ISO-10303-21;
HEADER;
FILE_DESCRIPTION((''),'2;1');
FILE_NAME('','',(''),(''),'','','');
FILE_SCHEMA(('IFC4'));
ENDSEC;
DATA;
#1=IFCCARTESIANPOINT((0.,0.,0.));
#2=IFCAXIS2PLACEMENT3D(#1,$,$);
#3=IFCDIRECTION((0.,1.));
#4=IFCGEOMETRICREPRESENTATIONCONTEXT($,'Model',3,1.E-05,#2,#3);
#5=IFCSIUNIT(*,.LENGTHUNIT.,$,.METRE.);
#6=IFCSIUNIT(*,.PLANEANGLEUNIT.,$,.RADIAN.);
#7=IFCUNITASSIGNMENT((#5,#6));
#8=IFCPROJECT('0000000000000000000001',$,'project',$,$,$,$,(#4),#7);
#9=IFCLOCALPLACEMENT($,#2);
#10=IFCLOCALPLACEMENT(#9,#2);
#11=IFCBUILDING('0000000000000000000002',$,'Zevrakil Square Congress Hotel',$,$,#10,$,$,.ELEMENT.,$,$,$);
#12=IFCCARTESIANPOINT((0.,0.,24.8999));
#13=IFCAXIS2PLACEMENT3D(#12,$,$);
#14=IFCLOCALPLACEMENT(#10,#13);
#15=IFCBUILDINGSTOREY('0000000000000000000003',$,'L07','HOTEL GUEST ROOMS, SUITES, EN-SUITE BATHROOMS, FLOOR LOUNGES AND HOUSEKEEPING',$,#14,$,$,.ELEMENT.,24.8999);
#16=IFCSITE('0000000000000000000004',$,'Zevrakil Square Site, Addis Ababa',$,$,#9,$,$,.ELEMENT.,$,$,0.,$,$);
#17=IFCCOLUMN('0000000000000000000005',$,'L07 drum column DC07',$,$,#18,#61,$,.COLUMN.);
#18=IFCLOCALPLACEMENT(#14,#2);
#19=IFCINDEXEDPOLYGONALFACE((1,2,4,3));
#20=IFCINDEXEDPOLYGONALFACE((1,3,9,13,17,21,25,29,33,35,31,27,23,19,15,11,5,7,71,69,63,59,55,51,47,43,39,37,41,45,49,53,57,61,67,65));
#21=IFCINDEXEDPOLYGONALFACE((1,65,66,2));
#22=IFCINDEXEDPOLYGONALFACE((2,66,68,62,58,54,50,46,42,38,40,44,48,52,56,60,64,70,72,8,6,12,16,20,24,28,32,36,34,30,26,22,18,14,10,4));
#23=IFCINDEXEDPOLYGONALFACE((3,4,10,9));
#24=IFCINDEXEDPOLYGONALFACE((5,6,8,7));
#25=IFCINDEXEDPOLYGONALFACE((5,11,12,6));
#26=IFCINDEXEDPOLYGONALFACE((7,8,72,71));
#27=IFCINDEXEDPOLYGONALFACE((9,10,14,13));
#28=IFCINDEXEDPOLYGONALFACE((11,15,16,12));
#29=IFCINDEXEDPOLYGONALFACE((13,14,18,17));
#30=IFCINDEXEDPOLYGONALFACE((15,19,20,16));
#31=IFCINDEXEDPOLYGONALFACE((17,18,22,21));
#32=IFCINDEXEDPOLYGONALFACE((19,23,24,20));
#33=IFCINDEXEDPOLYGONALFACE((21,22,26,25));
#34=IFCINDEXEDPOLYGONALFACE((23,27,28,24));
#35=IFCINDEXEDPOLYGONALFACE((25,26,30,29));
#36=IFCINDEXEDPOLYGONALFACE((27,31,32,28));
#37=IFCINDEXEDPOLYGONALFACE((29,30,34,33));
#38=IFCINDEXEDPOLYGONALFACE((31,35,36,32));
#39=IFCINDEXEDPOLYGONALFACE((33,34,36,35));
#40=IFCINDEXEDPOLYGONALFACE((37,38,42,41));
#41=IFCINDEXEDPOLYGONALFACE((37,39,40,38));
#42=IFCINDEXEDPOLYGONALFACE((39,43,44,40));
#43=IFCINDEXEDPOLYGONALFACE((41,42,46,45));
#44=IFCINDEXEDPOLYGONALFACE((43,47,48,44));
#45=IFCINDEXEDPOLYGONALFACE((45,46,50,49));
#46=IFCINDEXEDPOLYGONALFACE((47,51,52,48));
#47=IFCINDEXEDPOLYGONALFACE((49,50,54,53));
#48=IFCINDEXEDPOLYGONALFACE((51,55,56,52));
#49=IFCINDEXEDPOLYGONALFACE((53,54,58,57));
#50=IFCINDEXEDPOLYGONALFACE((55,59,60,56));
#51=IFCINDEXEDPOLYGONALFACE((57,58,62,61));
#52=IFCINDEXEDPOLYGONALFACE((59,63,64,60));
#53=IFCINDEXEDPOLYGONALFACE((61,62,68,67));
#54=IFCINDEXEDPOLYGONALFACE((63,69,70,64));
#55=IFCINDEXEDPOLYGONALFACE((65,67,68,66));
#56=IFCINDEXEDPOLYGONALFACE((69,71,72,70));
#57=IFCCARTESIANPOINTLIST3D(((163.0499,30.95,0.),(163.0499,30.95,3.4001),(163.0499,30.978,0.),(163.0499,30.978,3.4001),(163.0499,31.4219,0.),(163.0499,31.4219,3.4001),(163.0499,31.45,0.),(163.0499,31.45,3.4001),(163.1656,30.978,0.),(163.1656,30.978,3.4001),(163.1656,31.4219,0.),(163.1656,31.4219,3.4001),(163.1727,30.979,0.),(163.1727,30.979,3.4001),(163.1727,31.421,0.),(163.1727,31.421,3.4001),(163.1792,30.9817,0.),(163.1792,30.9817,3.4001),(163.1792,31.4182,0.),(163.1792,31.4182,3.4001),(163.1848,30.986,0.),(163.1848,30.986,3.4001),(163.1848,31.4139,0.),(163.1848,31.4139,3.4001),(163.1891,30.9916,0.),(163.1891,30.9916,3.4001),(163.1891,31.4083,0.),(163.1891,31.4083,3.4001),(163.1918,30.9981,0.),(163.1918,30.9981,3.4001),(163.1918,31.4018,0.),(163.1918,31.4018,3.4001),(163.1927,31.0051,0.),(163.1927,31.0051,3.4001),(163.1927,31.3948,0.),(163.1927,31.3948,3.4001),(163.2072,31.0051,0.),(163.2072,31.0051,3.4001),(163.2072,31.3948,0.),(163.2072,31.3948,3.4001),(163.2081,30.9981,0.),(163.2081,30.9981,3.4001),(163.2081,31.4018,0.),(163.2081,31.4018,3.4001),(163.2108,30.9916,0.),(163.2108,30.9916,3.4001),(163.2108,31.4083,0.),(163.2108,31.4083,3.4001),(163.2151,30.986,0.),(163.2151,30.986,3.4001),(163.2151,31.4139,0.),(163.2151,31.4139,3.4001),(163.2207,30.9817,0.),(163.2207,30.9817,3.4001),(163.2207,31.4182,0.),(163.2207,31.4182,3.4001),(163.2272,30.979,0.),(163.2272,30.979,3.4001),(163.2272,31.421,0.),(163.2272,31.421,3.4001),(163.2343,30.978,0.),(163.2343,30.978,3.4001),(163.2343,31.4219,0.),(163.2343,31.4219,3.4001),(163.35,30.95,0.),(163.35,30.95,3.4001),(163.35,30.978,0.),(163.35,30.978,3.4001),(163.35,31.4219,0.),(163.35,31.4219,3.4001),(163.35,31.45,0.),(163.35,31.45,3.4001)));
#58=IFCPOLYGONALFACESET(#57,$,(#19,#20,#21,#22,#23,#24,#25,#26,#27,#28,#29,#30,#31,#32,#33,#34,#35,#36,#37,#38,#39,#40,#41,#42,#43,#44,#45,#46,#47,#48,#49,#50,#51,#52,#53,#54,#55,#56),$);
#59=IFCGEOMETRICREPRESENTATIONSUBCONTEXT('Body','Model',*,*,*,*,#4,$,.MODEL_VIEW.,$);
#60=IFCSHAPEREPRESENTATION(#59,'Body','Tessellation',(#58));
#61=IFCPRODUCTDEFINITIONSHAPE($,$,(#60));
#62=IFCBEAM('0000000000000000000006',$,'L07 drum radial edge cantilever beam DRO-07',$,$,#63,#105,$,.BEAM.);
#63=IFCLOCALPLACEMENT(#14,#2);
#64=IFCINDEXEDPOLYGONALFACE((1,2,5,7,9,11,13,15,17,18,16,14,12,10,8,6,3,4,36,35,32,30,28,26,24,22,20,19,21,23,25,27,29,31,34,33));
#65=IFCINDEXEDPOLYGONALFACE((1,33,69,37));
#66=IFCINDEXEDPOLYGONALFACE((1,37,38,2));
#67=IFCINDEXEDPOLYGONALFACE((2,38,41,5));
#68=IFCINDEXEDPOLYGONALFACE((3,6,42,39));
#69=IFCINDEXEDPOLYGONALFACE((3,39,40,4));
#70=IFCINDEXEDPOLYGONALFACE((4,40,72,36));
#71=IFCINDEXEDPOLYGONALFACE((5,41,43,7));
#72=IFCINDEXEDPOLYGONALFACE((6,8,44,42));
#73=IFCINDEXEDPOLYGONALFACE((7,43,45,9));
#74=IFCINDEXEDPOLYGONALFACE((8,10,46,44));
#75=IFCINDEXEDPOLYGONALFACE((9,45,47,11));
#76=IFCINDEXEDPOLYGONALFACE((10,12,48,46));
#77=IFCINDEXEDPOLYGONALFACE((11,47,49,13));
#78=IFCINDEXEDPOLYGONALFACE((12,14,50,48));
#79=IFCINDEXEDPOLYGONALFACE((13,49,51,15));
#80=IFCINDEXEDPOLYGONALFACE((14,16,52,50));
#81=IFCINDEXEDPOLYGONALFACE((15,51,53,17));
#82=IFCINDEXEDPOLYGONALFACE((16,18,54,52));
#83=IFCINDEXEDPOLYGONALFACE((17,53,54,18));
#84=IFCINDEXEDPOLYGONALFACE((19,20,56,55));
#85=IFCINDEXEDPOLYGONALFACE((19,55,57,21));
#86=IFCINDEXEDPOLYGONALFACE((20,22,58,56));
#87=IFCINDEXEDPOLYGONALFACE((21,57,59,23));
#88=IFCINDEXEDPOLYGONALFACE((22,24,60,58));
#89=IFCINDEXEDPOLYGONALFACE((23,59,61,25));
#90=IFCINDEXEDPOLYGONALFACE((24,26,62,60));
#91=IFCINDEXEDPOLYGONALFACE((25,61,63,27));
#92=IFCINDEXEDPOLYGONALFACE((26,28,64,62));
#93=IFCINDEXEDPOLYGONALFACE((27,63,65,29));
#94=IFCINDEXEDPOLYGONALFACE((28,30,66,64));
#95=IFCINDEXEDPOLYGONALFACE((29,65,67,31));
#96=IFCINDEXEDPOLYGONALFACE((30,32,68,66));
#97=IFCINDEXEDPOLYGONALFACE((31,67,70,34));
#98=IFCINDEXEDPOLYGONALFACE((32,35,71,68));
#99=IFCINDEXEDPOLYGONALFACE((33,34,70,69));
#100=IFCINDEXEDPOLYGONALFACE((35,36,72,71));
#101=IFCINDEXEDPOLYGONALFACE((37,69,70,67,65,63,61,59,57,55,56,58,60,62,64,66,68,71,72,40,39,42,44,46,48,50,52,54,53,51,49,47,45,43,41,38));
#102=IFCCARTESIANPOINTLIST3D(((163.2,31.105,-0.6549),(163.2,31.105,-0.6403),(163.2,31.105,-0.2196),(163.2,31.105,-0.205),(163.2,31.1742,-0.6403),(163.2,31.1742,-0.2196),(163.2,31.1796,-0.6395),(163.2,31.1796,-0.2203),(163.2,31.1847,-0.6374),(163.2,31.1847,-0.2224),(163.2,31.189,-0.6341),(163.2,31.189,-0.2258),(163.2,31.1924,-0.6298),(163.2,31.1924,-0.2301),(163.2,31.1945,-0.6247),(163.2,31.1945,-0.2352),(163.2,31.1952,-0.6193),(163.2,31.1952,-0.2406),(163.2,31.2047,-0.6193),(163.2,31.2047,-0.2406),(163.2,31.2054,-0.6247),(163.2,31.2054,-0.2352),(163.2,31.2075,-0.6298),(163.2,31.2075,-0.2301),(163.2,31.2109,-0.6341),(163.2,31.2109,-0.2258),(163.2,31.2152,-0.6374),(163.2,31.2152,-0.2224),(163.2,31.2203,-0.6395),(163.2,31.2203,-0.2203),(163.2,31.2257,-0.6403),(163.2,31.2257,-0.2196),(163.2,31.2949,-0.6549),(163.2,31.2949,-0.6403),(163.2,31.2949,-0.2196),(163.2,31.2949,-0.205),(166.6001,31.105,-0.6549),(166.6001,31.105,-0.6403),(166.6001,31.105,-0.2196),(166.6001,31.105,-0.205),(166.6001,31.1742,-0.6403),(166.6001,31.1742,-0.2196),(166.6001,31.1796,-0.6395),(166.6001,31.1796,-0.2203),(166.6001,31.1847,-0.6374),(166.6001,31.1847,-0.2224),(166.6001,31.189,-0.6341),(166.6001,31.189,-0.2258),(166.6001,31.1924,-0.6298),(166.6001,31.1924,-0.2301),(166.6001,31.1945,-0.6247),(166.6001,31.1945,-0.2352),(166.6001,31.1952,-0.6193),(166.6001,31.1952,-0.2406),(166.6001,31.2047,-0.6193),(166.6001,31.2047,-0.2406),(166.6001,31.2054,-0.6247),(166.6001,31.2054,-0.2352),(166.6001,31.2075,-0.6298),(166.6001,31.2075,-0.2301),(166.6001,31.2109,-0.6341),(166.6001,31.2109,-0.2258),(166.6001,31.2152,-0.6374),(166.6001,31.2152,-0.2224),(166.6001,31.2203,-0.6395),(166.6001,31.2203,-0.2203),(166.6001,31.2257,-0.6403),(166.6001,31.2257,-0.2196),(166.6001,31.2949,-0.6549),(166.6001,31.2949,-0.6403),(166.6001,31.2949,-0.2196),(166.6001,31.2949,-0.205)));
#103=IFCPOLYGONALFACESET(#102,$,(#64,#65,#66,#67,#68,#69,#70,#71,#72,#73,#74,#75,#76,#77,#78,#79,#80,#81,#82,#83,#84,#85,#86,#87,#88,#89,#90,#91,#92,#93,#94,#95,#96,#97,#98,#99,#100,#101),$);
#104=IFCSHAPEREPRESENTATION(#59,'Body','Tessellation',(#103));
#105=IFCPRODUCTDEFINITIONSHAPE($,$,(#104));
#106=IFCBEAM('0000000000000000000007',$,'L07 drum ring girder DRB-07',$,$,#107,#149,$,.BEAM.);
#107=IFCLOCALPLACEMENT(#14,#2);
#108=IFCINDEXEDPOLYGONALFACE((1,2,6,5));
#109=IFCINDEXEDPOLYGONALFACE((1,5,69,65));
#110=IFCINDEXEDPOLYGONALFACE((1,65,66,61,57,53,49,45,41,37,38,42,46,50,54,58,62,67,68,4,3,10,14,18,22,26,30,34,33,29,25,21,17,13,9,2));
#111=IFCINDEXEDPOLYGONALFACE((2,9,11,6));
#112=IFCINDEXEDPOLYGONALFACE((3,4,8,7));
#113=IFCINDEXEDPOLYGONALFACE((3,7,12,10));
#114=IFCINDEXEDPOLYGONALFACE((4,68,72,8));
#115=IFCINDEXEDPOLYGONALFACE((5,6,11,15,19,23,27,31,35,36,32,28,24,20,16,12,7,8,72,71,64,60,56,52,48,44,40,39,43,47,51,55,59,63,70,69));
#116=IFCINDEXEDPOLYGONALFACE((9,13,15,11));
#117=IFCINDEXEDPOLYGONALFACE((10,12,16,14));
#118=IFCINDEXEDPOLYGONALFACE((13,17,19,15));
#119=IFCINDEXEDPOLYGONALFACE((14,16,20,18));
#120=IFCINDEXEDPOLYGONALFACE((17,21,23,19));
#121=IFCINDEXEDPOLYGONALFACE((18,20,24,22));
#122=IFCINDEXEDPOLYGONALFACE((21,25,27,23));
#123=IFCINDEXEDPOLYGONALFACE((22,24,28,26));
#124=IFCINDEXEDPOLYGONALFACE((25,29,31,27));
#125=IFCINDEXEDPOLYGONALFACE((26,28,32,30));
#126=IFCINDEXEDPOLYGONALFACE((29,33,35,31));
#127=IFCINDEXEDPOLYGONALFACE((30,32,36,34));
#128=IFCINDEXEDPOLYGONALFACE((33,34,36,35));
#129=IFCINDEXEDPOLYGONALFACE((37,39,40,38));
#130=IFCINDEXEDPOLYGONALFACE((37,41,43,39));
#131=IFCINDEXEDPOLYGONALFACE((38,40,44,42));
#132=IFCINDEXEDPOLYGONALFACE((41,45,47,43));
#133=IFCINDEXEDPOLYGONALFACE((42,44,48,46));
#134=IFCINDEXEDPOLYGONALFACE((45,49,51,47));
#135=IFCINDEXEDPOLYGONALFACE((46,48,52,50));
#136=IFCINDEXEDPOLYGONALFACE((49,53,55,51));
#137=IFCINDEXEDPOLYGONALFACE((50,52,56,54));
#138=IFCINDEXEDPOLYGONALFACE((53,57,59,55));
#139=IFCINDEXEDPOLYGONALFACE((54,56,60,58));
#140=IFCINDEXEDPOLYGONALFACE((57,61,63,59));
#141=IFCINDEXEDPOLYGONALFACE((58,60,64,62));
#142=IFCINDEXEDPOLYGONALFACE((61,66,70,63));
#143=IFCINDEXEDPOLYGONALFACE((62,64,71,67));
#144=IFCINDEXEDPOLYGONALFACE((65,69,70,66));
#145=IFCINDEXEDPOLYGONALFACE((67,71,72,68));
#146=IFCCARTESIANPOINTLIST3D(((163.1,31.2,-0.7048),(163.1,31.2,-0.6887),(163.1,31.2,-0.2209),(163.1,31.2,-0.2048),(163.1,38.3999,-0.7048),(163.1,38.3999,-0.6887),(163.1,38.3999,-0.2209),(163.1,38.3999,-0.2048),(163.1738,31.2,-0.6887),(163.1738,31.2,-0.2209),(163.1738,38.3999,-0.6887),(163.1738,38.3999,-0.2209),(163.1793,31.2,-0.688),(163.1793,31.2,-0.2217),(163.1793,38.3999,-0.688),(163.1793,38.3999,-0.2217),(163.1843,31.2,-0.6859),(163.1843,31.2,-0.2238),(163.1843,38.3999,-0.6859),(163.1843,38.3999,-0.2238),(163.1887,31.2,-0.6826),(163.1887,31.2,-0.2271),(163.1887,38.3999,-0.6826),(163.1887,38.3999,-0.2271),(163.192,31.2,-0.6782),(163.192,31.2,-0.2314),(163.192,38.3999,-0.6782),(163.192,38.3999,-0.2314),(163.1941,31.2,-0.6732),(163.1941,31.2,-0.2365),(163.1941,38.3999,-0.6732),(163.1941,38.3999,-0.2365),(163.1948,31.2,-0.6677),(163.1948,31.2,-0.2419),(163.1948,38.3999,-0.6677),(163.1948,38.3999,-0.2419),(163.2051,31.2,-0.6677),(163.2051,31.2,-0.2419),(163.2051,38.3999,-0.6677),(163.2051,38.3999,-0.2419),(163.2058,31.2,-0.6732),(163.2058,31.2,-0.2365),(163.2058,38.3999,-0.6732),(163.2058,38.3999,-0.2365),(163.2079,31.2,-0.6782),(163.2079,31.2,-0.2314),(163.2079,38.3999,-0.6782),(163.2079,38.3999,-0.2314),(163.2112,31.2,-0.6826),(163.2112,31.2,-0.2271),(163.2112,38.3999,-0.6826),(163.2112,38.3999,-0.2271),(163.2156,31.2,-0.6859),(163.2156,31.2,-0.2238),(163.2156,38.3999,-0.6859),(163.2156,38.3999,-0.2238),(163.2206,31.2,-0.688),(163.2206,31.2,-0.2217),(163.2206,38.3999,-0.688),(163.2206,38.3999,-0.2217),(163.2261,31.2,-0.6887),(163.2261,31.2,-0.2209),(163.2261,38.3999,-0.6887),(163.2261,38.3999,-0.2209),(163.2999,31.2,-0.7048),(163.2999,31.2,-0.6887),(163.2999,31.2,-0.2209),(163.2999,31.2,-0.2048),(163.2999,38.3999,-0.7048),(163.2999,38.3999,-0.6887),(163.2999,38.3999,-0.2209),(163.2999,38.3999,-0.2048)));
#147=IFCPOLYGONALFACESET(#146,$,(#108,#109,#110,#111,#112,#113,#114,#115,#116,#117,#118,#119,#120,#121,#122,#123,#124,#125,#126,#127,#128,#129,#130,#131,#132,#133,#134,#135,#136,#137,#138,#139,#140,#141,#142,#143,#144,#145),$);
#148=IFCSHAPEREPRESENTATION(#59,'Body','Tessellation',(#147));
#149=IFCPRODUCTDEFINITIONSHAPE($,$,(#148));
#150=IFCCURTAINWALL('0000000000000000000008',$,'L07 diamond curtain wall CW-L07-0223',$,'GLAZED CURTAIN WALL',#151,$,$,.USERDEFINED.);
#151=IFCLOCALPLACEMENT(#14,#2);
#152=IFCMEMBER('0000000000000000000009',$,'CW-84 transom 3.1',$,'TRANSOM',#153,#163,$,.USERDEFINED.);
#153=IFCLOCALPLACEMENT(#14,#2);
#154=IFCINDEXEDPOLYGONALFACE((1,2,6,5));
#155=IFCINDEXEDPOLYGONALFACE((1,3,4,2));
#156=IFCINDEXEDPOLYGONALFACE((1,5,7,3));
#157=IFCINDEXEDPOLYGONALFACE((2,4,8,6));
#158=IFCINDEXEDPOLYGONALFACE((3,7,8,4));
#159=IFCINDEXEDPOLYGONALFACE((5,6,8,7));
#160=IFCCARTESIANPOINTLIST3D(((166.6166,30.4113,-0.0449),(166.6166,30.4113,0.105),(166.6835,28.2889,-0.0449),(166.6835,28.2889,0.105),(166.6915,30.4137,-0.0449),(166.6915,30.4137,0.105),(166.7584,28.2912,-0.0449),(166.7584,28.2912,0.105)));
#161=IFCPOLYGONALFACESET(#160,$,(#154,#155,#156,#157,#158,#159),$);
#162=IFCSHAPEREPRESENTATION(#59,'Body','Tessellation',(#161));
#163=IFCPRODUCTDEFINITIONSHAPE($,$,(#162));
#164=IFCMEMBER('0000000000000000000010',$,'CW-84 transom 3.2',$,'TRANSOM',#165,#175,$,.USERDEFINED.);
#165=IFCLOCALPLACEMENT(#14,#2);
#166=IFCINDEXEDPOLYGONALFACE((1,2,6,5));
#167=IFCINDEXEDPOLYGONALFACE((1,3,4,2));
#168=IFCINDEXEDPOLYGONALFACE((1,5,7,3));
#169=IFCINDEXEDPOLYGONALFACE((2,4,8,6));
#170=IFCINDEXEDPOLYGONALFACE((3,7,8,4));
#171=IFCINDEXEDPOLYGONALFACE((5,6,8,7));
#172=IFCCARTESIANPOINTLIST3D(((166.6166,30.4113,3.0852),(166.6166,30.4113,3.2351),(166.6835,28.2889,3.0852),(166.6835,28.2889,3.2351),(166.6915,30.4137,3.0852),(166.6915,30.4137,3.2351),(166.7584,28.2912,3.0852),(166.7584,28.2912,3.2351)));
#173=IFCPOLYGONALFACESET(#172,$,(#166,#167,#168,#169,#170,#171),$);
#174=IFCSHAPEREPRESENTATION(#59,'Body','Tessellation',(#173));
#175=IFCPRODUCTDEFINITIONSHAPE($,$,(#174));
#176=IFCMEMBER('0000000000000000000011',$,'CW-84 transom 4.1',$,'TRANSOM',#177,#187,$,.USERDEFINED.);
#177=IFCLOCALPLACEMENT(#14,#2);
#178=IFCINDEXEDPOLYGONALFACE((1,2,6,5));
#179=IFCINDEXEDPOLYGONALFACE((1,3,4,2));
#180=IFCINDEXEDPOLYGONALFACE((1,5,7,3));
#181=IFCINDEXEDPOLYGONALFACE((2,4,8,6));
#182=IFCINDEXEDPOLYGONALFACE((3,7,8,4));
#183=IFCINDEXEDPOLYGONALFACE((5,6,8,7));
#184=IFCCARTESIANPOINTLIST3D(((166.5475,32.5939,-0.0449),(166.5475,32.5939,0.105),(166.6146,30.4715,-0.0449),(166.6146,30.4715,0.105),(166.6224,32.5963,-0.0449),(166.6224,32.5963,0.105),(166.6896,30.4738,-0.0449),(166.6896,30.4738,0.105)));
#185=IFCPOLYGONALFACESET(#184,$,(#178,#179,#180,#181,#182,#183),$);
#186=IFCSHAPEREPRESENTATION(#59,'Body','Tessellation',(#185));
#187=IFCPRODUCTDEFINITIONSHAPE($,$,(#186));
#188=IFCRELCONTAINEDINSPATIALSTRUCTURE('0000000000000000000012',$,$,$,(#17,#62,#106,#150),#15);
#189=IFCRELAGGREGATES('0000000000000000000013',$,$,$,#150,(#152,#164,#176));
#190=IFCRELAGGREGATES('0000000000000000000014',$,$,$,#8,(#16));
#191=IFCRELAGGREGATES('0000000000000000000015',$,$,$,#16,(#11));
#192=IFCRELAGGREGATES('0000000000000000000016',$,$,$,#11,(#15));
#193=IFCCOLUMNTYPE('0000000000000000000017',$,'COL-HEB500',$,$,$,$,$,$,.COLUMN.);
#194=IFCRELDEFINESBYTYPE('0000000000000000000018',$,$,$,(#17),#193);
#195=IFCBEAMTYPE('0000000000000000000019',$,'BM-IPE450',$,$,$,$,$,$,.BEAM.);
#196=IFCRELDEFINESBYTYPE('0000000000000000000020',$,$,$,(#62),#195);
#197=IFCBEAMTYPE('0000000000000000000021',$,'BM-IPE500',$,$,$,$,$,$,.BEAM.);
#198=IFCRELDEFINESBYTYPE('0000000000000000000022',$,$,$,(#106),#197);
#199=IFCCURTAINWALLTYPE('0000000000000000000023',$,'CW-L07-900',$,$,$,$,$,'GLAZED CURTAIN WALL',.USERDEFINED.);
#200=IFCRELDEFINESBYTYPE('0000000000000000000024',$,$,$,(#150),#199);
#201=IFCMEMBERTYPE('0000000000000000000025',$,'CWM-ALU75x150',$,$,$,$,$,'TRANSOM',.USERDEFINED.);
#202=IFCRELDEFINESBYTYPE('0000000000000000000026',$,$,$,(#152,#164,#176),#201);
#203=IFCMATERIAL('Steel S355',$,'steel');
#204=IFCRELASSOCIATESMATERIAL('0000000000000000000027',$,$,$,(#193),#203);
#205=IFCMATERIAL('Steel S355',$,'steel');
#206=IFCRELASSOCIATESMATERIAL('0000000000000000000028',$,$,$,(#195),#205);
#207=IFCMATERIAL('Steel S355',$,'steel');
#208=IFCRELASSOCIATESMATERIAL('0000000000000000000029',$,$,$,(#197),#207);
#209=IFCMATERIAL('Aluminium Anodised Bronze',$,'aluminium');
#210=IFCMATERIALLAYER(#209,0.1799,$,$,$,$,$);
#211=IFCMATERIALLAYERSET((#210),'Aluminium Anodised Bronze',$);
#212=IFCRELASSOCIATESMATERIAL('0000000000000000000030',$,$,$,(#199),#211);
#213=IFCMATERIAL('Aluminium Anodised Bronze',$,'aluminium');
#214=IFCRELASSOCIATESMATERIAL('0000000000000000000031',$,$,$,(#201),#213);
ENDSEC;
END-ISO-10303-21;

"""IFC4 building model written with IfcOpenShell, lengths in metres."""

from ifc_helpers import new_model, si_unit, direction, frame, origin, origin_2d, place, context, subcontext, project, spatial, rectangle, i_section, extrude, material, layer, layer_set, material_profile, profile_set, type_object, element, aggregate, save


model = new_model("IFC4")

# Units and contexts
model_context = context("Model", 3, precision=1e-05, world=origin(), true_north=direction((0.0, 1.0)))
body_context = subcontext(model_context, "Body", "Model", "MODEL_VIEW")
ifc_project = project(units=[si_unit("LENGTHUNIT", "METRE"), si_unit("PLANEANGLEUNIT", "RADIAN")], contexts=[model_context])

# Site, building, storey
site_placement = place(None, origin())
site = spatial("IfcSite", under=ifc_project, at=site_placement, Name="Zevrakil Square Site, Addis Ababa", CompositionType="ELEMENT", RefElevation=0.0)
building_placement = place(site_placement, origin())
building = spatial("IfcBuilding", under=site, at=building_placement, Name="Zevrakil Square Congress Hotel", CompositionType="ELEMENT")
storey_placement = place(building_placement, frame((0.0, 0.0, 24.8999)))
storey = spatial("IfcBuildingStorey", under=building, at=storey_placement, Name="L07", Description="HOTEL GUEST ROOMS, SUITES, EN-SUITE BATHROOMS, FLOOR LOUNGES AND HOUSEKEEPING", CompositionType="ELEMENT", Elevation=24.8999)

# Column
ifc_material_1 = material(Name="Steel S355", Category="steel")
ifc_material_profile_1 = material_profile(ifc_material_1, i_section(OverallWidth=0.3, OverallDepth=0.5, WebThickness=0.0144, FlangeThickness=0.0281, FilletRadius=0.0271, at=origin_2d()), Name="HEB 500")
ifc_profile_set_1 = profile_set([ifc_material_profile_1], Name="Steel S355")
column_type = type_object("IfcColumnType", Name="COL-HEB500", PredefinedType="COLUMN", material=ifc_profile_set_1)
column_placement = place(storey_placement, frame((163.2, 31.2, 0.0), z_axis=(0.0, 0.0, 1.0), x_axis=(1.0, 0.0, 0.0)))
element("IfcColumn", 1, at=column_placement, inside=storey, type_object=column_type, Name="L07 drum column DC07", PredefinedType="COLUMN", context=body_context, shape_type="SweptSolid", body=[
    extrude(i_section(OverallWidth=0.3, OverallDepth=0.5, WebThickness=0.0144, FlangeThickness=0.0281, FilletRadius=0.0271, at=origin_2d()), origin(), (0.0, 0.0, 1.0), 3.4001),
])

# Beams
ifc_material_2 = material(Name="Steel S355", Category="steel")
ifc_material_profile_2 = material_profile(ifc_material_2, i_section(OverallWidth=0.1899, OverallDepth=0.45, WebThickness=0.0095, FlangeThickness=0.0146, FilletRadius=0.021, at=origin_2d()), Name="IPE 450")
ifc_profile_set_2 = profile_set([ifc_material_profile_2], Name="Steel S355")
beam_type_1 = type_object("IfcBeamType", Name="BM-IPE450", PredefinedType="BEAM", material=ifc_profile_set_2)
beam_1_placement = place(storey_placement, frame((163.2, 31.2, -0.4299), z_axis=(1.0, 0.0, 0.0), x_axis=(0.0, 1.0, 0.0)))
element("IfcBeam", 2, at=beam_1_placement, inside=storey, type_object=beam_type_1, Name="L07 drum radial edge cantilever beam DRO-07", PredefinedType="BEAM", context=body_context, shape_type="SweptSolid", body=[
    extrude(i_section(OverallWidth=0.1899, OverallDepth=0.45, WebThickness=0.0095, FlangeThickness=0.0146, FilletRadius=0.021, at=origin_2d()), origin(), (0.0, 0.0, 1.0), 3.4001),
])
ifc_material_3 = material(Name="Steel S355", Category="steel")
ifc_material_profile_3 = material_profile(ifc_material_3, i_section(OverallWidth=0.2, OverallDepth=0.5, WebThickness=0.0103, FlangeThickness=0.0161, FilletRadius=0.021, at=origin_2d()), Name="IPE 500")
ifc_profile_set_3 = profile_set([ifc_material_profile_3], Name="Steel S355")
beam_type_2 = type_object("IfcBeamType", Name="BM-IPE500", PredefinedType="BEAM", material=ifc_profile_set_3)
beam_2_placement = place(storey_placement, frame((163.2, 31.2, -0.4548), z_axis=(0.0, 1.0, 0.0), x_axis=(-1.0, 0.0, 0.0)))
element("IfcBeam", 3, at=beam_2_placement, inside=storey, type_object=beam_type_2, Name="L07 drum ring girder DRB-07", PredefinedType="BEAM", context=body_context, shape_type="SweptSolid", body=[
    extrude(i_section(OverallWidth=0.2, OverallDepth=0.5, WebThickness=0.0103, FlangeThickness=0.0161, FilletRadius=0.021, at=origin_2d()), origin(), (0.0, 0.0, 1.0), 7.2),
])

# Curtain wall, members
ifc_material_4 = material(Name="Aluminium Anodised Bronze", Category="aluminium")
ifc_layer_1 = layer(ifc_material_4, 0.1799)
ifc_layer_set_1 = layer_set([ifc_layer_1], Name="Aluminium Anodised Bronze")
curtain_wall_type = type_object("IfcCurtainWallType", Name="CW-L07-900", ElementType="GLAZED CURTAIN WALL", PredefinedType="USERDEFINED", material=ifc_layer_set_1)
curtain_wall_placement = place(storey_placement, origin())
curtain_wall = element("IfcCurtainWall", 4, at=curtain_wall_placement, inside=storey, type_object=curtain_wall_type, Name="L07 diamond curtain wall CW-L07-0223", ObjectType="GLAZED CURTAIN WALL", PredefinedType="USERDEFINED")
ifc_material_5 = material(Name="Aluminium Anodised Bronze", Category="aluminium")
ifc_material_profile_4 = material_profile(ifc_material_5, rectangle(XDim=0.075, YDim=0.1499, at=origin_2d()), Name="ALU 75x150")
ifc_profile_set_4 = profile_set([ifc_material_profile_4], Name="Aluminium Anodised Bronze")
member_type_1 = type_object("IfcMemberType", Name="CWM-ALU75x150", ElementType="TRANSOM", PredefinedType="USERDEFINED", material=ifc_profile_set_4)
member_1_placement = place(storey_placement, frame((166.7209, 28.29, 0.03), z_axis=(-0.0315, 0.999504, 0.0), x_axis=(-0.999504, -0.0315, 0.0)))
member_1 = element("IfcMember", 5, at=member_1_placement, type_object=member_type_1, Name="CW-84 transom 3.1", ObjectType="TRANSOM", PredefinedType="USERDEFINED", context=body_context, shape_type="SweptSolid", body=[
    extrude(rectangle(XDim=0.075, YDim=0.1499, at=origin_2d()), origin(), (0.0, 0.0, 1.0), 2.1235),
])
member_2_placement = place(storey_placement, frame((166.7209, 28.29, 3.1602), z_axis=(-0.0315, 0.999504, 0.0), x_axis=(-0.999504, -0.0315, 0.0)))
member_2 = element("IfcMember", 6, at=member_2_placement, type_object=member_type_1, Name="CW-84 transom 3.2", ObjectType="TRANSOM", PredefinedType="USERDEFINED", context=body_context, shape_type="SweptSolid", body=[
    extrude(rectangle(XDim=0.075, YDim=0.1499, at=origin_2d()), origin(), (0.0, 0.0, 1.0), 2.1235),
])
member_3_placement = place(storey_placement, frame((166.6521, 30.4727, 0.03), z_axis=(-0.031615, 0.9995, 0.0), x_axis=(-0.9995, -0.031615, 0.0)))
member_3 = element("IfcMember", 7, at=member_3_placement, type_object=member_type_1, Name="CW-84 transom 4.1", ObjectType="TRANSOM", PredefinedType="USERDEFINED", context=body_context, shape_type="SweptSolid", body=[
    extrude(rectangle(XDim=0.075, YDim=0.1499, at=origin_2d()), origin(), (0.0, 0.0, 1.0), 2.1235),
])

aggregate(curtain_wall, [member_1, member_2, member_3])

save(model, "model.ifc")
